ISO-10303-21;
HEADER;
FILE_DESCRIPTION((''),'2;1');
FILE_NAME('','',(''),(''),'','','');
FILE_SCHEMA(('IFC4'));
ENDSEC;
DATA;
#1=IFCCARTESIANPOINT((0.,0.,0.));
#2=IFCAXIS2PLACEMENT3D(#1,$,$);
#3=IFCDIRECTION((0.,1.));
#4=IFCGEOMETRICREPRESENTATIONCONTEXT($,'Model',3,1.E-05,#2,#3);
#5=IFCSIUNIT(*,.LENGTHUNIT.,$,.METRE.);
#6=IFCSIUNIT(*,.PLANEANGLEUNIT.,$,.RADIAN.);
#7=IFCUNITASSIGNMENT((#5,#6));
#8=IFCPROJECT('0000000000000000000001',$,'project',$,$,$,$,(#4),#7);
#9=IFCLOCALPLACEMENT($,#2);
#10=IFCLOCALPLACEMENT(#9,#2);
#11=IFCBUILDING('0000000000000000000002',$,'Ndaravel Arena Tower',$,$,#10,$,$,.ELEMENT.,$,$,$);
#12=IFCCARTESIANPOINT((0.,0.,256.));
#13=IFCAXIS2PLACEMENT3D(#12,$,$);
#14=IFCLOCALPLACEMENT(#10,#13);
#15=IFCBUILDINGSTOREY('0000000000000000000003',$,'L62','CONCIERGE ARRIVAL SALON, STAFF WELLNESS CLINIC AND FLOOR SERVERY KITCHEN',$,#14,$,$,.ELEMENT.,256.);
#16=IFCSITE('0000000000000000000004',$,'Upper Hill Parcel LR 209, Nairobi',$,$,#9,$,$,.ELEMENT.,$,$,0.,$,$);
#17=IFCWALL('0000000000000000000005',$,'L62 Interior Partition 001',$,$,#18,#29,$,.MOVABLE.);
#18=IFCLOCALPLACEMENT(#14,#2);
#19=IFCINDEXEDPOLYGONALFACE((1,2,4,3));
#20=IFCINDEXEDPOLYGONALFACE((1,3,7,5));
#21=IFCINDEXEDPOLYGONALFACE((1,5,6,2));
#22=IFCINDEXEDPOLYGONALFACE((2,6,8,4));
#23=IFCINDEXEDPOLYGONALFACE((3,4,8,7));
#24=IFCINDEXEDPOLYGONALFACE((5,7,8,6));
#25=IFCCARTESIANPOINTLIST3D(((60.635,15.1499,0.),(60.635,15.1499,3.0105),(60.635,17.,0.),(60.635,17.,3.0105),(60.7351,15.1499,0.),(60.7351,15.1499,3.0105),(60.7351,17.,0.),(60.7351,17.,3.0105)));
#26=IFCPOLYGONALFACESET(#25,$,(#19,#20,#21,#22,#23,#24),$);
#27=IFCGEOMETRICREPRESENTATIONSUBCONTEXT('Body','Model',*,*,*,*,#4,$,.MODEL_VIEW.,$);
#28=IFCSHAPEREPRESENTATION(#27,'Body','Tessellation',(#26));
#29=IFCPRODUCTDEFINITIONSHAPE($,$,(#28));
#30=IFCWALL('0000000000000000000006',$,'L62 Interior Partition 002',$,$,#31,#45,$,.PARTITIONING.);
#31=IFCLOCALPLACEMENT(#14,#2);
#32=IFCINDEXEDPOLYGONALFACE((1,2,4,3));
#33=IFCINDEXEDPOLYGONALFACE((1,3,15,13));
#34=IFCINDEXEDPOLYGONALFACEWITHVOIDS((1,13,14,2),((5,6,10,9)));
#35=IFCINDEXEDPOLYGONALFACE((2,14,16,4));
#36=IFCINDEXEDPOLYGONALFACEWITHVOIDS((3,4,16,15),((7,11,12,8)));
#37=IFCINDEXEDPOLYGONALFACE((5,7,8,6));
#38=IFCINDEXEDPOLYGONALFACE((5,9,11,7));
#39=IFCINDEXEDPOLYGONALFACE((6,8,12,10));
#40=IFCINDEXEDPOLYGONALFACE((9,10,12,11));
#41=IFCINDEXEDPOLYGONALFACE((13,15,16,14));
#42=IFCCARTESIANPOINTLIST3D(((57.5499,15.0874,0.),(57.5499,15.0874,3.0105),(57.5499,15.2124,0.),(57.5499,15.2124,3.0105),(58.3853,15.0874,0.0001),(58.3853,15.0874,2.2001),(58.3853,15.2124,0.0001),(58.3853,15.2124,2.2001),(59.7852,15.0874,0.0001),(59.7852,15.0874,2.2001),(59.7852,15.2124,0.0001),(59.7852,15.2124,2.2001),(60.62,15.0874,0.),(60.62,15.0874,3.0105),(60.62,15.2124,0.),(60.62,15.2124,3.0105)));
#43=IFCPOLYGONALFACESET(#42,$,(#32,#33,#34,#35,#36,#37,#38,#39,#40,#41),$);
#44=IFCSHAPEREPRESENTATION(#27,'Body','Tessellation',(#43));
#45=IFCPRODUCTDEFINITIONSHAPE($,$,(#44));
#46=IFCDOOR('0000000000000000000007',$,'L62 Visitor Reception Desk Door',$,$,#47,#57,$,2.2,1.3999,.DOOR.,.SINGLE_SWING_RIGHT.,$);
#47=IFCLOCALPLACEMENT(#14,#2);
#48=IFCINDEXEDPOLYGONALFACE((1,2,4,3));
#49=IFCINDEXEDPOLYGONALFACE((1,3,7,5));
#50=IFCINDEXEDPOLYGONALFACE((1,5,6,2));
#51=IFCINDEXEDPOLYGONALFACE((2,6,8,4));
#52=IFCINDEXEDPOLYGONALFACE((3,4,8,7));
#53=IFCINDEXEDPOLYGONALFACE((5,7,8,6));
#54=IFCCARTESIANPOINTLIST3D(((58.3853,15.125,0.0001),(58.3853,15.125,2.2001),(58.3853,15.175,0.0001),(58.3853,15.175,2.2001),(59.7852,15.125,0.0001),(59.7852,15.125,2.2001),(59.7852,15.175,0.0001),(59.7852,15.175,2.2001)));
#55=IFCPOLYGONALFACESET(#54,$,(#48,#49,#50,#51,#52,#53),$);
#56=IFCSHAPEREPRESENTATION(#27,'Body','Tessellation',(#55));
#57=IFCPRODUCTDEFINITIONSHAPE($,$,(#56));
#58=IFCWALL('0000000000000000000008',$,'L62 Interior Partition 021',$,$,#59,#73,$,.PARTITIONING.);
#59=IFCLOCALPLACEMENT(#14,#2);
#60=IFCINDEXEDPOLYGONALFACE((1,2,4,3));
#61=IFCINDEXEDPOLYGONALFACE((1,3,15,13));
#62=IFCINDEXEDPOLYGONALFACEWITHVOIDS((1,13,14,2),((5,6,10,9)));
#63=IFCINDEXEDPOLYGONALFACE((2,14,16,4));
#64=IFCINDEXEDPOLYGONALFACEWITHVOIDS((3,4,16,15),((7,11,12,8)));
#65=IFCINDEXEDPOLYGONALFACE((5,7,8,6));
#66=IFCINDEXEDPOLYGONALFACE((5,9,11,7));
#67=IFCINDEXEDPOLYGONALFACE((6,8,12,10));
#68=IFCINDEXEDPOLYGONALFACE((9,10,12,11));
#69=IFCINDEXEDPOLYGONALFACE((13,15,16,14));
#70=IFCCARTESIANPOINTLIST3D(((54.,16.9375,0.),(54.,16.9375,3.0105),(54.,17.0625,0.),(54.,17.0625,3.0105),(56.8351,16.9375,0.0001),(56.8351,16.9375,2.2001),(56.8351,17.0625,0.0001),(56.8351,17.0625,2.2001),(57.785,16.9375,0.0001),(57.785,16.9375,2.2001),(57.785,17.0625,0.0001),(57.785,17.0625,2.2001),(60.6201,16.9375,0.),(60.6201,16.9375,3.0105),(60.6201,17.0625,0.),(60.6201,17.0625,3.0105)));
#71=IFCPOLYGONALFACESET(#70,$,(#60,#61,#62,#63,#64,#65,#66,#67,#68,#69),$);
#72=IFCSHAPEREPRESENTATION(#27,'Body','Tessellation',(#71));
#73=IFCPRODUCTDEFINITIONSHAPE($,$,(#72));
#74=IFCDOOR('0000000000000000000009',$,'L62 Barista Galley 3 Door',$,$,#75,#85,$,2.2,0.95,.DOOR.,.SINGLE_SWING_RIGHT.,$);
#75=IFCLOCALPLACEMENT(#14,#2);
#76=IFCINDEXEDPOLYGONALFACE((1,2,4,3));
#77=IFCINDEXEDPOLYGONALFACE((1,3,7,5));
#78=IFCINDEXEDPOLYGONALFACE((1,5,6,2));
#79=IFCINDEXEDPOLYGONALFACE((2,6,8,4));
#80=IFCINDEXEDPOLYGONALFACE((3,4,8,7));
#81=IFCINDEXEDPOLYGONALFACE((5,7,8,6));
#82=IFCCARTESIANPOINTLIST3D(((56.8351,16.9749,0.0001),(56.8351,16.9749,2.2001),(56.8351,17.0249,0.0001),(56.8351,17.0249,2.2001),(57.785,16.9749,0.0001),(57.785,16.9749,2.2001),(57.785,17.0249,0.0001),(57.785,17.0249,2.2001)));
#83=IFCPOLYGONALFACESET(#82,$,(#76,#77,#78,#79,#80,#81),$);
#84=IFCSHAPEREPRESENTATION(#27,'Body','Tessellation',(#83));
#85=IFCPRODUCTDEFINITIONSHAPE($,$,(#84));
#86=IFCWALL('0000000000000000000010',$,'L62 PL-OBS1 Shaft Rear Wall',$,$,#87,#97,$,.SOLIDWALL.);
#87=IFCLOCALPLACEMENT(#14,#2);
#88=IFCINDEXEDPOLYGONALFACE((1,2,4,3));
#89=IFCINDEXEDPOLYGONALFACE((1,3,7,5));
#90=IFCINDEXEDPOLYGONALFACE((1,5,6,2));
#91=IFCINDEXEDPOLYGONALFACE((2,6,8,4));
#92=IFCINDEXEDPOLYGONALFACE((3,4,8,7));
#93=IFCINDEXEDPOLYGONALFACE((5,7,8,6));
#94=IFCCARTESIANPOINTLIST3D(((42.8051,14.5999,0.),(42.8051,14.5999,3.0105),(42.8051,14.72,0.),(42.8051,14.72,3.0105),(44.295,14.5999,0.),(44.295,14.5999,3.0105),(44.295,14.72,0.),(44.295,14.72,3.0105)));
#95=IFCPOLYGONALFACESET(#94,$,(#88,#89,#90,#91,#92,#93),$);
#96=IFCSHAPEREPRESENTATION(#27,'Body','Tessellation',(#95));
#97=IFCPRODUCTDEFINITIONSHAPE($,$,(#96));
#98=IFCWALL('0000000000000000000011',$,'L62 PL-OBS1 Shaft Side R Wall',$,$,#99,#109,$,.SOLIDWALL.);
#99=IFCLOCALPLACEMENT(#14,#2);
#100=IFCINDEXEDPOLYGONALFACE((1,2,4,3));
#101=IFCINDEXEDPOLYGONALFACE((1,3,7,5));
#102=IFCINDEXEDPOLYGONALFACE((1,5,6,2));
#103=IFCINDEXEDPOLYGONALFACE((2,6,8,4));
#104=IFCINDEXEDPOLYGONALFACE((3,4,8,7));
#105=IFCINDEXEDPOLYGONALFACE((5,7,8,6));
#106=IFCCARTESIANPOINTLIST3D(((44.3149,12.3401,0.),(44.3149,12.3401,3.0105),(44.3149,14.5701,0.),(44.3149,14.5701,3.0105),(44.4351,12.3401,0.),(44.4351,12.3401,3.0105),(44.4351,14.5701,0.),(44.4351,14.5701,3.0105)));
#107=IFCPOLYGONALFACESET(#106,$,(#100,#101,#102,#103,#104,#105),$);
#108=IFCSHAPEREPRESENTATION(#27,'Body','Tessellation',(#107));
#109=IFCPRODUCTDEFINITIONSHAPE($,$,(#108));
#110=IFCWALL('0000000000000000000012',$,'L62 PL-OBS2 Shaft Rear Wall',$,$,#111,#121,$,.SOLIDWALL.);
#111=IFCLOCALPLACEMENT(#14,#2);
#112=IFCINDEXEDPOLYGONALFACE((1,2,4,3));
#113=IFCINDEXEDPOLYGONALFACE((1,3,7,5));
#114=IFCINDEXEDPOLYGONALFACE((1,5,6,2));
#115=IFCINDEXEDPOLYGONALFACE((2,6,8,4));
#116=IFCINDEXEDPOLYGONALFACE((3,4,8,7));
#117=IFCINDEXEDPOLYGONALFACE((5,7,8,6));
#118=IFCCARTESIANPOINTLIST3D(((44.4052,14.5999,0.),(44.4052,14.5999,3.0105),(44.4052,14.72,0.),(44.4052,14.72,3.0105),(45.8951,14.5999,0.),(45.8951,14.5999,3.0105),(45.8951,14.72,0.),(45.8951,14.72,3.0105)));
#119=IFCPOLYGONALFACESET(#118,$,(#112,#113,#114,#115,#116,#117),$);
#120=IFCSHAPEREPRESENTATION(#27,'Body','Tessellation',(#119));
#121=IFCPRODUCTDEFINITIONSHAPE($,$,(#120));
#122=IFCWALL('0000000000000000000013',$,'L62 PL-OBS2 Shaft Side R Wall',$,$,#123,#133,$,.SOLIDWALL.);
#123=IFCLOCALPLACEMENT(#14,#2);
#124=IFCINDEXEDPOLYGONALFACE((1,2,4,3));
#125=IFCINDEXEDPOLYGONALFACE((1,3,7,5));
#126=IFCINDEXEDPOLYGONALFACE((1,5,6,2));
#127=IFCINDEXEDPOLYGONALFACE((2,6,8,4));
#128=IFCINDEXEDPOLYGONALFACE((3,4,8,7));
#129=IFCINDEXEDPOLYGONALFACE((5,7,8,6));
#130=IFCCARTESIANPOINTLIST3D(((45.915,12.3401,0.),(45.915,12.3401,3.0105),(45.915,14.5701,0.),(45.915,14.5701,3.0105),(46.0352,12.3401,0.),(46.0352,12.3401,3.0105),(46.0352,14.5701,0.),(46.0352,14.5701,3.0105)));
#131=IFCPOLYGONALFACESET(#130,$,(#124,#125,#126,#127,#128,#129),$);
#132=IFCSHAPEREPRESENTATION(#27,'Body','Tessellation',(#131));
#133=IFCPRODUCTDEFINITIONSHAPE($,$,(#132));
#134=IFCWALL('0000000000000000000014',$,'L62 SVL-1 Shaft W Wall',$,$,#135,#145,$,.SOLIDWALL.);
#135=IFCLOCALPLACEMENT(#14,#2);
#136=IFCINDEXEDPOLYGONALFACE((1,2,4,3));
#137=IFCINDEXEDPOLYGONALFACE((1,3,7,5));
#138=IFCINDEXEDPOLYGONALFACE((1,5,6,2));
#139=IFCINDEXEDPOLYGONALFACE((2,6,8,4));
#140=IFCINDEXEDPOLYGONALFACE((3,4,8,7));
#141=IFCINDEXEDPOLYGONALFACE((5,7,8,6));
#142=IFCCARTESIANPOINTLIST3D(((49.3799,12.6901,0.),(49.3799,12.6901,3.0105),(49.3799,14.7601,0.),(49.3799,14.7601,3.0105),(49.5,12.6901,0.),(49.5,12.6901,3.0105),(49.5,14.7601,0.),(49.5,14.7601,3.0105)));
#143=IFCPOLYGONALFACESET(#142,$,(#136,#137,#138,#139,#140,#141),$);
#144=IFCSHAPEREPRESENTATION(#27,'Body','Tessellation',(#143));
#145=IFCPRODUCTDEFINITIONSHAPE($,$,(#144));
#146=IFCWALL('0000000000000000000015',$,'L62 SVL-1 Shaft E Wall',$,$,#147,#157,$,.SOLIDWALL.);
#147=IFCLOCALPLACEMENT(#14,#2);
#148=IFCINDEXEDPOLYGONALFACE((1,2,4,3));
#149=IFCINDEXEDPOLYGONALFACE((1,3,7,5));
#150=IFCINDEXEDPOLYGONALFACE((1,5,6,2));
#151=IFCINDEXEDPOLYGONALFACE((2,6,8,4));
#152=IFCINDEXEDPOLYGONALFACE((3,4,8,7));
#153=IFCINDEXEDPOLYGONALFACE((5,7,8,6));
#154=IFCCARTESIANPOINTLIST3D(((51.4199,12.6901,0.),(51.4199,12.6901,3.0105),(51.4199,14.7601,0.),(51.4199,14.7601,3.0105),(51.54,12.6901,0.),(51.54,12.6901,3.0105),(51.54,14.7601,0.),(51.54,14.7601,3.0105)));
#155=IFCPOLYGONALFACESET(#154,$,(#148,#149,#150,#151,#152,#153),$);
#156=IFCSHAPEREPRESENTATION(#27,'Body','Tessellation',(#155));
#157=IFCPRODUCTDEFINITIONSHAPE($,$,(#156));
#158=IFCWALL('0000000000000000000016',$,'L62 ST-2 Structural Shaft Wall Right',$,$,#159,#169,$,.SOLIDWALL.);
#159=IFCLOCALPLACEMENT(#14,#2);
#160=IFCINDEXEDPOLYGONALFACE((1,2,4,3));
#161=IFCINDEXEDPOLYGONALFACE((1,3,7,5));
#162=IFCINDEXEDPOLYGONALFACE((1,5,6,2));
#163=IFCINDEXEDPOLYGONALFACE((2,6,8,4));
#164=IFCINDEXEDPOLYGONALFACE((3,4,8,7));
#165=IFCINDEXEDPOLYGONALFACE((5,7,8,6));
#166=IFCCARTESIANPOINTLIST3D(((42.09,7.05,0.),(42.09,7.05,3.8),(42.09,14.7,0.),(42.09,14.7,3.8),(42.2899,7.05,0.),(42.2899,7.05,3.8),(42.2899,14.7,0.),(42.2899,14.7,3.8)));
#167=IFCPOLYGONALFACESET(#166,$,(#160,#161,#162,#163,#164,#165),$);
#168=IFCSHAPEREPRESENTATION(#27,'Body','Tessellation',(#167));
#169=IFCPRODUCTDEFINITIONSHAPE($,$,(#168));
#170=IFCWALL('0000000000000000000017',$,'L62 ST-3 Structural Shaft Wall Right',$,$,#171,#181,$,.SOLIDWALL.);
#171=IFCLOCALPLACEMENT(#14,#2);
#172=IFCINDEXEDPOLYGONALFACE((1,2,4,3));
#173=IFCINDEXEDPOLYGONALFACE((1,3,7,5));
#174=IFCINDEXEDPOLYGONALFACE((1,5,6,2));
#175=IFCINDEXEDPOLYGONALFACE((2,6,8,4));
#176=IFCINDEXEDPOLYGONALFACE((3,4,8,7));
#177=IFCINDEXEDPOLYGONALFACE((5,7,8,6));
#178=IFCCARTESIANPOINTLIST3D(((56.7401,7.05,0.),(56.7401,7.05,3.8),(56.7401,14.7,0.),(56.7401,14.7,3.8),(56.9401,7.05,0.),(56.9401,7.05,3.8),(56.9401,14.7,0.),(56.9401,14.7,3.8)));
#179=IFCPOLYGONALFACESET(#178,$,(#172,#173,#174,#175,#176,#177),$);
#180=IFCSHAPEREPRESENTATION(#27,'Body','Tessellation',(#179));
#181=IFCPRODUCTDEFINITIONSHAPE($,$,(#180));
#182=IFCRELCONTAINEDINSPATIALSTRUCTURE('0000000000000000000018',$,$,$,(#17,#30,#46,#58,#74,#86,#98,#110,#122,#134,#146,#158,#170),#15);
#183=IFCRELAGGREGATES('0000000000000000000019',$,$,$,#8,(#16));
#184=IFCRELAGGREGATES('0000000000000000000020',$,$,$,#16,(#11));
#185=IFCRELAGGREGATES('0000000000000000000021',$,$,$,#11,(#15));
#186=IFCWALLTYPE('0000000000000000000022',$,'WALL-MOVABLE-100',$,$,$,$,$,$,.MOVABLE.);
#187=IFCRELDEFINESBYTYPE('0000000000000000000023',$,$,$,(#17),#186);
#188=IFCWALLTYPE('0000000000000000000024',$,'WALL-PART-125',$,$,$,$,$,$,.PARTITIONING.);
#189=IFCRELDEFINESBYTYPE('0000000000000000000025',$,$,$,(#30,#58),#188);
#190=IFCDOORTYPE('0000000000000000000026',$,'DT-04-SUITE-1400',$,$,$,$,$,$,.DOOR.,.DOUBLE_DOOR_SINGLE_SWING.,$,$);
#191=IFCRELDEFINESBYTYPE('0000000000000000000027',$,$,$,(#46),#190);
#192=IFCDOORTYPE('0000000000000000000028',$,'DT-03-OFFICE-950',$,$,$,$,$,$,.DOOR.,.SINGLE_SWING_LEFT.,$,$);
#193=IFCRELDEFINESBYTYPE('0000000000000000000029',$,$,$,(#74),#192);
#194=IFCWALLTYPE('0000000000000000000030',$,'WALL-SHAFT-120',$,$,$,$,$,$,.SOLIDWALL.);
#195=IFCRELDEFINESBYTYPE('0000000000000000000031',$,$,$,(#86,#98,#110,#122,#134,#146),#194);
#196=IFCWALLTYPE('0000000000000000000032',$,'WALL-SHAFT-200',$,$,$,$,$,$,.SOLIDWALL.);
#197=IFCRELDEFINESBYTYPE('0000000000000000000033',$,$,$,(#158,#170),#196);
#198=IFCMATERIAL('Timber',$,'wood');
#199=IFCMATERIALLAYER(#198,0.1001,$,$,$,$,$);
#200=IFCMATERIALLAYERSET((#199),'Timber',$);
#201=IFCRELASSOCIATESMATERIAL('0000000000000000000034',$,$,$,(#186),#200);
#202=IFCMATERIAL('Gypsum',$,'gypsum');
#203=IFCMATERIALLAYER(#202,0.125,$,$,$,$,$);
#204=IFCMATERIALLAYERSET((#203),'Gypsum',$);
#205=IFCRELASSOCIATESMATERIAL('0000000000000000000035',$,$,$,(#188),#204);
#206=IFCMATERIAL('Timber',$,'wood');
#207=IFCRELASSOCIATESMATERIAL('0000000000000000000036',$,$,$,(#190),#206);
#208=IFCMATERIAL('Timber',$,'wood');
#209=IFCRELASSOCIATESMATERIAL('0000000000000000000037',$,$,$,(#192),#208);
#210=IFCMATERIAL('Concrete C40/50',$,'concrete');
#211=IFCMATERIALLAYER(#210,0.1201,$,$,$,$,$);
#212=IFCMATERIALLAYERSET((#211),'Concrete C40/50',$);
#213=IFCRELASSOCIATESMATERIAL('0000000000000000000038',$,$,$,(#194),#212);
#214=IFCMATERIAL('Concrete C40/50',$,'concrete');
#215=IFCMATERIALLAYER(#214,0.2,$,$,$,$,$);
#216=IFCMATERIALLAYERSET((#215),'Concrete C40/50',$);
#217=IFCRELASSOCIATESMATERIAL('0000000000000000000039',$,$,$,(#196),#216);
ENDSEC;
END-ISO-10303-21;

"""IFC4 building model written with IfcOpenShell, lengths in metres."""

from ifc_helpers import new_model, si_unit, direction, frame, frame_2d, origin, place, context, subcontext, project, spatial, rectangle, extrude, material, layer, layer_set, type_object, element, fill, save


model = new_model("IFC4")

# Units and contexts
model_context = context("Model", 3, precision=1e-05, world=origin(), true_north=direction((0.0, 1.0)))
body_context = subcontext(model_context, "Body", "Model", "MODEL_VIEW")
ifc_project = project(units=[si_unit("LENGTHUNIT", "METRE"), si_unit("PLANEANGLEUNIT", "RADIAN")], contexts=[model_context])

# Site, building, storey
site_placement = place(None, origin())
site = spatial("IfcSite", under=ifc_project, at=site_placement, Name="Upper Hill Parcel LR 209, Nairobi", CompositionType="ELEMENT", RefElevation=0.0)
building_placement = place(site_placement, origin())
building = spatial("IfcBuilding", under=site, at=building_placement, Name="Ndaravel Arena Tower", CompositionType="ELEMENT")
storey_placement = place(building_placement, frame((0.0, 0.0, 256.0)))
storey = spatial("IfcBuildingStorey", under=building, at=storey_placement, Name="L62", Description="CONCIERGE ARRIVAL SALON, STAFF WELLNESS CLINIC AND FLOOR SERVERY KITCHEN", CompositionType="ELEMENT", Elevation=256.0)

# Wall
ifc_material_1 = material(Name="Timber", Category="wood")
ifc_layer_1 = layer(ifc_material_1, 0.1001)
ifc_layer_set_1 = layer_set([ifc_layer_1], Name="Timber")
wall_type_1 = type_object("IfcWallType", Name="WALL-MOVABLE-100", PredefinedType="MOVABLE", material=ifc_layer_set_1)
wall_1_placement = place(storey_placement, frame((60.6851, 17.0, 0.0), z_axis=(0.0, 0.0, 1.0), x_axis=(0.0, -1.0, 0.0)))
element("IfcWall", 1, at=wall_1_placement, inside=storey, type_object=wall_type_1, Name="L62 Interior Partition 001", PredefinedType="MOVABLE", context=body_context, shape_type="SweptSolid", body=[
    extrude(rectangle(XDim=1.8501, YDim=0.1001, at=frame_2d((0.925, 0.0))), origin(), (0.0, 0.0, 1.0), 3.0105),
])

# Walls, openings, doors
ifc_material_2 = material(Name="Gypsum", Category="gypsum")
ifc_layer_2 = layer(ifc_material_2, 0.125)
ifc_layer_set_2 = layer_set([ifc_layer_2], Name="Gypsum")
wall_type_2 = type_object("IfcWallType", Name="WALL-PART-125", PredefinedType="PARTITIONING", material=ifc_layer_set_2)
wall_2_placement = place(storey_placement, frame((60.6201, 15.1499, 0.0), z_axis=(0.0, 0.0, 1.0), x_axis=(-1.0, 0.0, 0.0)))
wall_2 = element("IfcWall", 2, at=wall_2_placement, inside=storey, type_object=wall_type_2, Name="L62 Interior Partition 002", PredefinedType="PARTITIONING", context=body_context, shape_type="SweptSolid", body=[
    extrude(rectangle(XDim=3.0701, YDim=0.125, at=frame_2d((1.5352, 0.0))), origin(), (0.0, 0.0, 1.0), 3.0105),
])
opening_1_placement = place(wall_2_placement, frame((0.835, 0.0, 0.0)))
opening_1 = element("IfcOpeningElement", 3, at=opening_1_placement, cuts=wall_2, PredefinedType="OPENING", context=body_context, shape_type="SweptSolid", body=[
    extrude(rectangle(XDim=1.3999, YDim=2.2, at=frame_2d((0.7, 1.1001))), frame((0.0, 0.0625, 0.0), z_axis=(0.0, -1.0, 0.0), x_axis=(1.0, 0.0, 0.0)), (0.0, 0.0, 1.0), 0.125),
])
ifc_material_3 = material(Name="Timber", Category="wood")
door_type_1 = type_object("IfcDoorType", Name="DT-04-SUITE-1400", OperationType="DOUBLE_DOOR_SINGLE_SWING", PredefinedType="DOOR", material=ifc_material_3)
door_1_placement = place(opening_1_placement, origin())
door_1 = element("IfcDoor", 4, at=door_1_placement, inside=storey, type_object=door_type_1, Name="L62 Visitor Reception Desk Door", OperationType="SINGLE_SWING_RIGHT", OverallHeight=2.2, OverallWidth=1.3999, PredefinedType="DOOR", context=body_context, shape_type="SweptSolid", body=[
    extrude(rectangle(XDim=1.3999, YDim=2.2, at=frame_2d((0.7, 1.1001))), frame((0.0, 0.0249, 0.0), z_axis=(0.0, -1.0, 0.0), x_axis=(1.0, 0.0, 0.0)), (0.0, 0.0, 1.0), 0.05),
])
fill(opening_1, door_1)
wall_3_placement = place(storey_placement, frame((54.0, 17.0, 0.0), z_axis=(0.0, 0.0, 1.0), x_axis=(1.0, 0.0, 0.0)))
wall_3 = element("IfcWall", 5, at=wall_3_placement, inside=storey, type_object=wall_type_2, Name="L62 Interior Partition 021", PredefinedType="PARTITIONING", context=body_context, shape_type="SweptSolid", body=[
    extrude(rectangle(XDim=6.6201, YDim=0.125, at=frame_2d((3.3101, 0.0))), origin(), (0.0, 0.0, 1.0), 3.0105),
])
opening_2_placement = place(wall_3_placement, frame((2.835, 0.0, 0.0)))
opening_2 = element("IfcOpeningElement", 6, at=opening_2_placement, cuts=wall_3, PredefinedType="OPENING", context=body_context, shape_type="SweptSolid", body=[
    extrude(rectangle(XDim=0.95, YDim=2.2, at=frame_2d((0.4751, 1.1001))), frame((0.0, 0.0625, 0.0), z_axis=(0.0, -1.0, 0.0), x_axis=(1.0, 0.0, 0.0)), (0.0, 0.0, 1.0), 0.125),
])
ifc_material_4 = material(Name="Timber", Category="wood")
door_type_2 = type_object("IfcDoorType", Name="DT-03-OFFICE-950", OperationType="SINGLE_SWING_LEFT", PredefinedType="DOOR", material=ifc_material_4)
door_2_placement = place(opening_2_placement, origin())
door_2 = element("IfcDoor", 7, at=door_2_placement, inside=storey, type_object=door_type_2, Name="L62 Barista Galley 3 Door", OperationType="SINGLE_SWING_RIGHT", OverallHeight=2.2, OverallWidth=0.95, PredefinedType="DOOR", context=body_context, shape_type="SweptSolid", body=[
    extrude(rectangle(XDim=0.95, YDim=2.2, at=frame_2d((0.4751, 1.1001))), frame((0.0, 0.0249, 0.0), z_axis=(0.0, -1.0, 0.0), x_axis=(1.0, 0.0, 0.0)), (0.0, 0.0, 1.0), 0.05),
])
fill(opening_2, door_2)

# Walls
ifc_material_5 = material(Name="Concrete C40/50", Category="concrete")
ifc_layer_3 = layer(ifc_material_5, 0.1201)
ifc_layer_set_3 = layer_set([ifc_layer_3], Name="Concrete C40/50")
wall_type_3 = type_object("IfcWallType", Name="WALL-SHAFT-120", PredefinedType="SOLIDWALL", material=ifc_layer_set_3)
wall_4_placement = place(storey_placement, frame((42.8049, 14.6599, 0.0), z_axis=(0.0, 0.0, 1.0), x_axis=(1.0, 0.0, 0.0)))
element("IfcWall", 8, at=wall_4_placement, inside=storey, type_object=wall_type_3, Name="L62 PL-OBS1 Shaft Rear Wall", PredefinedType="SOLIDWALL", context=body_context, shape_type="SweptSolid", body=[
    extrude(rectangle(XDim=1.49, YDim=0.1201, at=frame_2d((0.7451, 0.0))), origin(), (0.0, 0.0, 1.0), 3.0105),
])
wall_5_placement = place(storey_placement, frame((44.375, 12.3401, 0.0), z_axis=(0.0, 0.0, 1.0), x_axis=(0.0, 1.0, 0.0)))
element("IfcWall", 9, at=wall_5_placement, inside=storey, type_object=wall_type_3, Name="L62 PL-OBS1 Shaft Side R Wall", PredefinedType="SOLIDWALL", context=body_context, shape_type="SweptSolid", body=[
    extrude(rectangle(XDim=2.23, YDim=0.1201, at=frame_2d((1.115, 0.0))), origin(), (0.0, 0.0, 1.0), 3.0105),
])
wall_6_placement = place(storey_placement, frame((44.405, 14.6599, 0.0), z_axis=(0.0, 0.0, 1.0), x_axis=(1.0, 0.0, 0.0)))
element("IfcWall", 10, at=wall_6_placement, inside=storey, type_object=wall_type_3, Name="L62 PL-OBS2 Shaft Rear Wall", PredefinedType="SOLIDWALL", context=body_context, shape_type="SweptSolid", body=[
    extrude(rectangle(XDim=1.49, YDim=0.1201, at=frame_2d((0.7451, 0.0))), origin(), (0.0, 0.0, 1.0), 3.0105),
])
wall_7_placement = place(storey_placement, frame((45.9751, 12.3401, 0.0), z_axis=(0.0, 0.0, 1.0), x_axis=(0.0, 1.0, 0.0)))
element("IfcWall", 11, at=wall_7_placement, inside=storey, type_object=wall_type_3, Name="L62 PL-OBS2 Shaft Side R Wall", PredefinedType="SOLIDWALL", context=body_context, shape_type="SweptSolid", body=[
    extrude(rectangle(XDim=2.23, YDim=0.1201, at=frame_2d((1.115, 0.0))), origin(), (0.0, 0.0, 1.0), 3.0105),
])
for number, where, z_axis, x_axis, name in (
    (12, (49.4399, 12.6899, 0.0), (0.0, 0.0, 1.0), (0.0, 1.0, 0.0), "L62 SVL-1 Shaft W Wall"),
    (13, (51.48, 12.6899, 0.0), (0.0, 0.0, 1.0), (0.0, 1.0, 0.0), "L62 SVL-1 Shaft E Wall"),
):
    element("IfcWall", number, at=place(storey_placement, frame(where, z_axis=z_axis, x_axis=x_axis)), inside=storey, type_object=wall_type_3, Name=name, PredefinedType="SOLIDWALL", context=body_context, shape_type="SweptSolid", body=[
        extrude(rectangle(XDim=2.0701, YDim=0.1201, at=frame_2d((1.0352, 0.0))), origin(), (0.0, 0.0, 1.0), 3.0105),
    ])
ifc_material_6 = material(Name="Concrete C40/50", Category="concrete")
ifc_layer_4 = layer(ifc_material_6, 0.2)
ifc_layer_set_4 = layer_set([ifc_layer_4], Name="Concrete C40/50")
wall_type_4 = type_object("IfcWallType", Name="WALL-SHAFT-200", PredefinedType="SOLIDWALL", material=ifc_layer_set_4)
for number, where, z_axis, x_axis, name in (
    (14, (42.1899, 14.7, 0.0), (0.0, 0.0, 1.0), (0.0, -1.0, 0.0), "L62 ST-2 Structural Shaft Wall Right"),
    (15, (56.8401, 14.7, 0.0), (0.0, 0.0, 1.0), (0.0, -1.0, 0.0), "L62 ST-3 Structural Shaft Wall Right"),
):
    element("IfcWall", number, at=place(storey_placement, frame(where, z_axis=z_axis, x_axis=x_axis)), inside=storey, type_object=wall_type_4, Name=name, PredefinedType="SOLIDWALL", context=body_context, shape_type="SweptSolid", body=[
        extrude(rectangle(XDim=7.6499, YDim=0.2, at=frame_2d((3.825, 0.0))), origin(), (0.0, 0.0, 1.0), 3.8),
    ])

save(model, "model.ifc")
